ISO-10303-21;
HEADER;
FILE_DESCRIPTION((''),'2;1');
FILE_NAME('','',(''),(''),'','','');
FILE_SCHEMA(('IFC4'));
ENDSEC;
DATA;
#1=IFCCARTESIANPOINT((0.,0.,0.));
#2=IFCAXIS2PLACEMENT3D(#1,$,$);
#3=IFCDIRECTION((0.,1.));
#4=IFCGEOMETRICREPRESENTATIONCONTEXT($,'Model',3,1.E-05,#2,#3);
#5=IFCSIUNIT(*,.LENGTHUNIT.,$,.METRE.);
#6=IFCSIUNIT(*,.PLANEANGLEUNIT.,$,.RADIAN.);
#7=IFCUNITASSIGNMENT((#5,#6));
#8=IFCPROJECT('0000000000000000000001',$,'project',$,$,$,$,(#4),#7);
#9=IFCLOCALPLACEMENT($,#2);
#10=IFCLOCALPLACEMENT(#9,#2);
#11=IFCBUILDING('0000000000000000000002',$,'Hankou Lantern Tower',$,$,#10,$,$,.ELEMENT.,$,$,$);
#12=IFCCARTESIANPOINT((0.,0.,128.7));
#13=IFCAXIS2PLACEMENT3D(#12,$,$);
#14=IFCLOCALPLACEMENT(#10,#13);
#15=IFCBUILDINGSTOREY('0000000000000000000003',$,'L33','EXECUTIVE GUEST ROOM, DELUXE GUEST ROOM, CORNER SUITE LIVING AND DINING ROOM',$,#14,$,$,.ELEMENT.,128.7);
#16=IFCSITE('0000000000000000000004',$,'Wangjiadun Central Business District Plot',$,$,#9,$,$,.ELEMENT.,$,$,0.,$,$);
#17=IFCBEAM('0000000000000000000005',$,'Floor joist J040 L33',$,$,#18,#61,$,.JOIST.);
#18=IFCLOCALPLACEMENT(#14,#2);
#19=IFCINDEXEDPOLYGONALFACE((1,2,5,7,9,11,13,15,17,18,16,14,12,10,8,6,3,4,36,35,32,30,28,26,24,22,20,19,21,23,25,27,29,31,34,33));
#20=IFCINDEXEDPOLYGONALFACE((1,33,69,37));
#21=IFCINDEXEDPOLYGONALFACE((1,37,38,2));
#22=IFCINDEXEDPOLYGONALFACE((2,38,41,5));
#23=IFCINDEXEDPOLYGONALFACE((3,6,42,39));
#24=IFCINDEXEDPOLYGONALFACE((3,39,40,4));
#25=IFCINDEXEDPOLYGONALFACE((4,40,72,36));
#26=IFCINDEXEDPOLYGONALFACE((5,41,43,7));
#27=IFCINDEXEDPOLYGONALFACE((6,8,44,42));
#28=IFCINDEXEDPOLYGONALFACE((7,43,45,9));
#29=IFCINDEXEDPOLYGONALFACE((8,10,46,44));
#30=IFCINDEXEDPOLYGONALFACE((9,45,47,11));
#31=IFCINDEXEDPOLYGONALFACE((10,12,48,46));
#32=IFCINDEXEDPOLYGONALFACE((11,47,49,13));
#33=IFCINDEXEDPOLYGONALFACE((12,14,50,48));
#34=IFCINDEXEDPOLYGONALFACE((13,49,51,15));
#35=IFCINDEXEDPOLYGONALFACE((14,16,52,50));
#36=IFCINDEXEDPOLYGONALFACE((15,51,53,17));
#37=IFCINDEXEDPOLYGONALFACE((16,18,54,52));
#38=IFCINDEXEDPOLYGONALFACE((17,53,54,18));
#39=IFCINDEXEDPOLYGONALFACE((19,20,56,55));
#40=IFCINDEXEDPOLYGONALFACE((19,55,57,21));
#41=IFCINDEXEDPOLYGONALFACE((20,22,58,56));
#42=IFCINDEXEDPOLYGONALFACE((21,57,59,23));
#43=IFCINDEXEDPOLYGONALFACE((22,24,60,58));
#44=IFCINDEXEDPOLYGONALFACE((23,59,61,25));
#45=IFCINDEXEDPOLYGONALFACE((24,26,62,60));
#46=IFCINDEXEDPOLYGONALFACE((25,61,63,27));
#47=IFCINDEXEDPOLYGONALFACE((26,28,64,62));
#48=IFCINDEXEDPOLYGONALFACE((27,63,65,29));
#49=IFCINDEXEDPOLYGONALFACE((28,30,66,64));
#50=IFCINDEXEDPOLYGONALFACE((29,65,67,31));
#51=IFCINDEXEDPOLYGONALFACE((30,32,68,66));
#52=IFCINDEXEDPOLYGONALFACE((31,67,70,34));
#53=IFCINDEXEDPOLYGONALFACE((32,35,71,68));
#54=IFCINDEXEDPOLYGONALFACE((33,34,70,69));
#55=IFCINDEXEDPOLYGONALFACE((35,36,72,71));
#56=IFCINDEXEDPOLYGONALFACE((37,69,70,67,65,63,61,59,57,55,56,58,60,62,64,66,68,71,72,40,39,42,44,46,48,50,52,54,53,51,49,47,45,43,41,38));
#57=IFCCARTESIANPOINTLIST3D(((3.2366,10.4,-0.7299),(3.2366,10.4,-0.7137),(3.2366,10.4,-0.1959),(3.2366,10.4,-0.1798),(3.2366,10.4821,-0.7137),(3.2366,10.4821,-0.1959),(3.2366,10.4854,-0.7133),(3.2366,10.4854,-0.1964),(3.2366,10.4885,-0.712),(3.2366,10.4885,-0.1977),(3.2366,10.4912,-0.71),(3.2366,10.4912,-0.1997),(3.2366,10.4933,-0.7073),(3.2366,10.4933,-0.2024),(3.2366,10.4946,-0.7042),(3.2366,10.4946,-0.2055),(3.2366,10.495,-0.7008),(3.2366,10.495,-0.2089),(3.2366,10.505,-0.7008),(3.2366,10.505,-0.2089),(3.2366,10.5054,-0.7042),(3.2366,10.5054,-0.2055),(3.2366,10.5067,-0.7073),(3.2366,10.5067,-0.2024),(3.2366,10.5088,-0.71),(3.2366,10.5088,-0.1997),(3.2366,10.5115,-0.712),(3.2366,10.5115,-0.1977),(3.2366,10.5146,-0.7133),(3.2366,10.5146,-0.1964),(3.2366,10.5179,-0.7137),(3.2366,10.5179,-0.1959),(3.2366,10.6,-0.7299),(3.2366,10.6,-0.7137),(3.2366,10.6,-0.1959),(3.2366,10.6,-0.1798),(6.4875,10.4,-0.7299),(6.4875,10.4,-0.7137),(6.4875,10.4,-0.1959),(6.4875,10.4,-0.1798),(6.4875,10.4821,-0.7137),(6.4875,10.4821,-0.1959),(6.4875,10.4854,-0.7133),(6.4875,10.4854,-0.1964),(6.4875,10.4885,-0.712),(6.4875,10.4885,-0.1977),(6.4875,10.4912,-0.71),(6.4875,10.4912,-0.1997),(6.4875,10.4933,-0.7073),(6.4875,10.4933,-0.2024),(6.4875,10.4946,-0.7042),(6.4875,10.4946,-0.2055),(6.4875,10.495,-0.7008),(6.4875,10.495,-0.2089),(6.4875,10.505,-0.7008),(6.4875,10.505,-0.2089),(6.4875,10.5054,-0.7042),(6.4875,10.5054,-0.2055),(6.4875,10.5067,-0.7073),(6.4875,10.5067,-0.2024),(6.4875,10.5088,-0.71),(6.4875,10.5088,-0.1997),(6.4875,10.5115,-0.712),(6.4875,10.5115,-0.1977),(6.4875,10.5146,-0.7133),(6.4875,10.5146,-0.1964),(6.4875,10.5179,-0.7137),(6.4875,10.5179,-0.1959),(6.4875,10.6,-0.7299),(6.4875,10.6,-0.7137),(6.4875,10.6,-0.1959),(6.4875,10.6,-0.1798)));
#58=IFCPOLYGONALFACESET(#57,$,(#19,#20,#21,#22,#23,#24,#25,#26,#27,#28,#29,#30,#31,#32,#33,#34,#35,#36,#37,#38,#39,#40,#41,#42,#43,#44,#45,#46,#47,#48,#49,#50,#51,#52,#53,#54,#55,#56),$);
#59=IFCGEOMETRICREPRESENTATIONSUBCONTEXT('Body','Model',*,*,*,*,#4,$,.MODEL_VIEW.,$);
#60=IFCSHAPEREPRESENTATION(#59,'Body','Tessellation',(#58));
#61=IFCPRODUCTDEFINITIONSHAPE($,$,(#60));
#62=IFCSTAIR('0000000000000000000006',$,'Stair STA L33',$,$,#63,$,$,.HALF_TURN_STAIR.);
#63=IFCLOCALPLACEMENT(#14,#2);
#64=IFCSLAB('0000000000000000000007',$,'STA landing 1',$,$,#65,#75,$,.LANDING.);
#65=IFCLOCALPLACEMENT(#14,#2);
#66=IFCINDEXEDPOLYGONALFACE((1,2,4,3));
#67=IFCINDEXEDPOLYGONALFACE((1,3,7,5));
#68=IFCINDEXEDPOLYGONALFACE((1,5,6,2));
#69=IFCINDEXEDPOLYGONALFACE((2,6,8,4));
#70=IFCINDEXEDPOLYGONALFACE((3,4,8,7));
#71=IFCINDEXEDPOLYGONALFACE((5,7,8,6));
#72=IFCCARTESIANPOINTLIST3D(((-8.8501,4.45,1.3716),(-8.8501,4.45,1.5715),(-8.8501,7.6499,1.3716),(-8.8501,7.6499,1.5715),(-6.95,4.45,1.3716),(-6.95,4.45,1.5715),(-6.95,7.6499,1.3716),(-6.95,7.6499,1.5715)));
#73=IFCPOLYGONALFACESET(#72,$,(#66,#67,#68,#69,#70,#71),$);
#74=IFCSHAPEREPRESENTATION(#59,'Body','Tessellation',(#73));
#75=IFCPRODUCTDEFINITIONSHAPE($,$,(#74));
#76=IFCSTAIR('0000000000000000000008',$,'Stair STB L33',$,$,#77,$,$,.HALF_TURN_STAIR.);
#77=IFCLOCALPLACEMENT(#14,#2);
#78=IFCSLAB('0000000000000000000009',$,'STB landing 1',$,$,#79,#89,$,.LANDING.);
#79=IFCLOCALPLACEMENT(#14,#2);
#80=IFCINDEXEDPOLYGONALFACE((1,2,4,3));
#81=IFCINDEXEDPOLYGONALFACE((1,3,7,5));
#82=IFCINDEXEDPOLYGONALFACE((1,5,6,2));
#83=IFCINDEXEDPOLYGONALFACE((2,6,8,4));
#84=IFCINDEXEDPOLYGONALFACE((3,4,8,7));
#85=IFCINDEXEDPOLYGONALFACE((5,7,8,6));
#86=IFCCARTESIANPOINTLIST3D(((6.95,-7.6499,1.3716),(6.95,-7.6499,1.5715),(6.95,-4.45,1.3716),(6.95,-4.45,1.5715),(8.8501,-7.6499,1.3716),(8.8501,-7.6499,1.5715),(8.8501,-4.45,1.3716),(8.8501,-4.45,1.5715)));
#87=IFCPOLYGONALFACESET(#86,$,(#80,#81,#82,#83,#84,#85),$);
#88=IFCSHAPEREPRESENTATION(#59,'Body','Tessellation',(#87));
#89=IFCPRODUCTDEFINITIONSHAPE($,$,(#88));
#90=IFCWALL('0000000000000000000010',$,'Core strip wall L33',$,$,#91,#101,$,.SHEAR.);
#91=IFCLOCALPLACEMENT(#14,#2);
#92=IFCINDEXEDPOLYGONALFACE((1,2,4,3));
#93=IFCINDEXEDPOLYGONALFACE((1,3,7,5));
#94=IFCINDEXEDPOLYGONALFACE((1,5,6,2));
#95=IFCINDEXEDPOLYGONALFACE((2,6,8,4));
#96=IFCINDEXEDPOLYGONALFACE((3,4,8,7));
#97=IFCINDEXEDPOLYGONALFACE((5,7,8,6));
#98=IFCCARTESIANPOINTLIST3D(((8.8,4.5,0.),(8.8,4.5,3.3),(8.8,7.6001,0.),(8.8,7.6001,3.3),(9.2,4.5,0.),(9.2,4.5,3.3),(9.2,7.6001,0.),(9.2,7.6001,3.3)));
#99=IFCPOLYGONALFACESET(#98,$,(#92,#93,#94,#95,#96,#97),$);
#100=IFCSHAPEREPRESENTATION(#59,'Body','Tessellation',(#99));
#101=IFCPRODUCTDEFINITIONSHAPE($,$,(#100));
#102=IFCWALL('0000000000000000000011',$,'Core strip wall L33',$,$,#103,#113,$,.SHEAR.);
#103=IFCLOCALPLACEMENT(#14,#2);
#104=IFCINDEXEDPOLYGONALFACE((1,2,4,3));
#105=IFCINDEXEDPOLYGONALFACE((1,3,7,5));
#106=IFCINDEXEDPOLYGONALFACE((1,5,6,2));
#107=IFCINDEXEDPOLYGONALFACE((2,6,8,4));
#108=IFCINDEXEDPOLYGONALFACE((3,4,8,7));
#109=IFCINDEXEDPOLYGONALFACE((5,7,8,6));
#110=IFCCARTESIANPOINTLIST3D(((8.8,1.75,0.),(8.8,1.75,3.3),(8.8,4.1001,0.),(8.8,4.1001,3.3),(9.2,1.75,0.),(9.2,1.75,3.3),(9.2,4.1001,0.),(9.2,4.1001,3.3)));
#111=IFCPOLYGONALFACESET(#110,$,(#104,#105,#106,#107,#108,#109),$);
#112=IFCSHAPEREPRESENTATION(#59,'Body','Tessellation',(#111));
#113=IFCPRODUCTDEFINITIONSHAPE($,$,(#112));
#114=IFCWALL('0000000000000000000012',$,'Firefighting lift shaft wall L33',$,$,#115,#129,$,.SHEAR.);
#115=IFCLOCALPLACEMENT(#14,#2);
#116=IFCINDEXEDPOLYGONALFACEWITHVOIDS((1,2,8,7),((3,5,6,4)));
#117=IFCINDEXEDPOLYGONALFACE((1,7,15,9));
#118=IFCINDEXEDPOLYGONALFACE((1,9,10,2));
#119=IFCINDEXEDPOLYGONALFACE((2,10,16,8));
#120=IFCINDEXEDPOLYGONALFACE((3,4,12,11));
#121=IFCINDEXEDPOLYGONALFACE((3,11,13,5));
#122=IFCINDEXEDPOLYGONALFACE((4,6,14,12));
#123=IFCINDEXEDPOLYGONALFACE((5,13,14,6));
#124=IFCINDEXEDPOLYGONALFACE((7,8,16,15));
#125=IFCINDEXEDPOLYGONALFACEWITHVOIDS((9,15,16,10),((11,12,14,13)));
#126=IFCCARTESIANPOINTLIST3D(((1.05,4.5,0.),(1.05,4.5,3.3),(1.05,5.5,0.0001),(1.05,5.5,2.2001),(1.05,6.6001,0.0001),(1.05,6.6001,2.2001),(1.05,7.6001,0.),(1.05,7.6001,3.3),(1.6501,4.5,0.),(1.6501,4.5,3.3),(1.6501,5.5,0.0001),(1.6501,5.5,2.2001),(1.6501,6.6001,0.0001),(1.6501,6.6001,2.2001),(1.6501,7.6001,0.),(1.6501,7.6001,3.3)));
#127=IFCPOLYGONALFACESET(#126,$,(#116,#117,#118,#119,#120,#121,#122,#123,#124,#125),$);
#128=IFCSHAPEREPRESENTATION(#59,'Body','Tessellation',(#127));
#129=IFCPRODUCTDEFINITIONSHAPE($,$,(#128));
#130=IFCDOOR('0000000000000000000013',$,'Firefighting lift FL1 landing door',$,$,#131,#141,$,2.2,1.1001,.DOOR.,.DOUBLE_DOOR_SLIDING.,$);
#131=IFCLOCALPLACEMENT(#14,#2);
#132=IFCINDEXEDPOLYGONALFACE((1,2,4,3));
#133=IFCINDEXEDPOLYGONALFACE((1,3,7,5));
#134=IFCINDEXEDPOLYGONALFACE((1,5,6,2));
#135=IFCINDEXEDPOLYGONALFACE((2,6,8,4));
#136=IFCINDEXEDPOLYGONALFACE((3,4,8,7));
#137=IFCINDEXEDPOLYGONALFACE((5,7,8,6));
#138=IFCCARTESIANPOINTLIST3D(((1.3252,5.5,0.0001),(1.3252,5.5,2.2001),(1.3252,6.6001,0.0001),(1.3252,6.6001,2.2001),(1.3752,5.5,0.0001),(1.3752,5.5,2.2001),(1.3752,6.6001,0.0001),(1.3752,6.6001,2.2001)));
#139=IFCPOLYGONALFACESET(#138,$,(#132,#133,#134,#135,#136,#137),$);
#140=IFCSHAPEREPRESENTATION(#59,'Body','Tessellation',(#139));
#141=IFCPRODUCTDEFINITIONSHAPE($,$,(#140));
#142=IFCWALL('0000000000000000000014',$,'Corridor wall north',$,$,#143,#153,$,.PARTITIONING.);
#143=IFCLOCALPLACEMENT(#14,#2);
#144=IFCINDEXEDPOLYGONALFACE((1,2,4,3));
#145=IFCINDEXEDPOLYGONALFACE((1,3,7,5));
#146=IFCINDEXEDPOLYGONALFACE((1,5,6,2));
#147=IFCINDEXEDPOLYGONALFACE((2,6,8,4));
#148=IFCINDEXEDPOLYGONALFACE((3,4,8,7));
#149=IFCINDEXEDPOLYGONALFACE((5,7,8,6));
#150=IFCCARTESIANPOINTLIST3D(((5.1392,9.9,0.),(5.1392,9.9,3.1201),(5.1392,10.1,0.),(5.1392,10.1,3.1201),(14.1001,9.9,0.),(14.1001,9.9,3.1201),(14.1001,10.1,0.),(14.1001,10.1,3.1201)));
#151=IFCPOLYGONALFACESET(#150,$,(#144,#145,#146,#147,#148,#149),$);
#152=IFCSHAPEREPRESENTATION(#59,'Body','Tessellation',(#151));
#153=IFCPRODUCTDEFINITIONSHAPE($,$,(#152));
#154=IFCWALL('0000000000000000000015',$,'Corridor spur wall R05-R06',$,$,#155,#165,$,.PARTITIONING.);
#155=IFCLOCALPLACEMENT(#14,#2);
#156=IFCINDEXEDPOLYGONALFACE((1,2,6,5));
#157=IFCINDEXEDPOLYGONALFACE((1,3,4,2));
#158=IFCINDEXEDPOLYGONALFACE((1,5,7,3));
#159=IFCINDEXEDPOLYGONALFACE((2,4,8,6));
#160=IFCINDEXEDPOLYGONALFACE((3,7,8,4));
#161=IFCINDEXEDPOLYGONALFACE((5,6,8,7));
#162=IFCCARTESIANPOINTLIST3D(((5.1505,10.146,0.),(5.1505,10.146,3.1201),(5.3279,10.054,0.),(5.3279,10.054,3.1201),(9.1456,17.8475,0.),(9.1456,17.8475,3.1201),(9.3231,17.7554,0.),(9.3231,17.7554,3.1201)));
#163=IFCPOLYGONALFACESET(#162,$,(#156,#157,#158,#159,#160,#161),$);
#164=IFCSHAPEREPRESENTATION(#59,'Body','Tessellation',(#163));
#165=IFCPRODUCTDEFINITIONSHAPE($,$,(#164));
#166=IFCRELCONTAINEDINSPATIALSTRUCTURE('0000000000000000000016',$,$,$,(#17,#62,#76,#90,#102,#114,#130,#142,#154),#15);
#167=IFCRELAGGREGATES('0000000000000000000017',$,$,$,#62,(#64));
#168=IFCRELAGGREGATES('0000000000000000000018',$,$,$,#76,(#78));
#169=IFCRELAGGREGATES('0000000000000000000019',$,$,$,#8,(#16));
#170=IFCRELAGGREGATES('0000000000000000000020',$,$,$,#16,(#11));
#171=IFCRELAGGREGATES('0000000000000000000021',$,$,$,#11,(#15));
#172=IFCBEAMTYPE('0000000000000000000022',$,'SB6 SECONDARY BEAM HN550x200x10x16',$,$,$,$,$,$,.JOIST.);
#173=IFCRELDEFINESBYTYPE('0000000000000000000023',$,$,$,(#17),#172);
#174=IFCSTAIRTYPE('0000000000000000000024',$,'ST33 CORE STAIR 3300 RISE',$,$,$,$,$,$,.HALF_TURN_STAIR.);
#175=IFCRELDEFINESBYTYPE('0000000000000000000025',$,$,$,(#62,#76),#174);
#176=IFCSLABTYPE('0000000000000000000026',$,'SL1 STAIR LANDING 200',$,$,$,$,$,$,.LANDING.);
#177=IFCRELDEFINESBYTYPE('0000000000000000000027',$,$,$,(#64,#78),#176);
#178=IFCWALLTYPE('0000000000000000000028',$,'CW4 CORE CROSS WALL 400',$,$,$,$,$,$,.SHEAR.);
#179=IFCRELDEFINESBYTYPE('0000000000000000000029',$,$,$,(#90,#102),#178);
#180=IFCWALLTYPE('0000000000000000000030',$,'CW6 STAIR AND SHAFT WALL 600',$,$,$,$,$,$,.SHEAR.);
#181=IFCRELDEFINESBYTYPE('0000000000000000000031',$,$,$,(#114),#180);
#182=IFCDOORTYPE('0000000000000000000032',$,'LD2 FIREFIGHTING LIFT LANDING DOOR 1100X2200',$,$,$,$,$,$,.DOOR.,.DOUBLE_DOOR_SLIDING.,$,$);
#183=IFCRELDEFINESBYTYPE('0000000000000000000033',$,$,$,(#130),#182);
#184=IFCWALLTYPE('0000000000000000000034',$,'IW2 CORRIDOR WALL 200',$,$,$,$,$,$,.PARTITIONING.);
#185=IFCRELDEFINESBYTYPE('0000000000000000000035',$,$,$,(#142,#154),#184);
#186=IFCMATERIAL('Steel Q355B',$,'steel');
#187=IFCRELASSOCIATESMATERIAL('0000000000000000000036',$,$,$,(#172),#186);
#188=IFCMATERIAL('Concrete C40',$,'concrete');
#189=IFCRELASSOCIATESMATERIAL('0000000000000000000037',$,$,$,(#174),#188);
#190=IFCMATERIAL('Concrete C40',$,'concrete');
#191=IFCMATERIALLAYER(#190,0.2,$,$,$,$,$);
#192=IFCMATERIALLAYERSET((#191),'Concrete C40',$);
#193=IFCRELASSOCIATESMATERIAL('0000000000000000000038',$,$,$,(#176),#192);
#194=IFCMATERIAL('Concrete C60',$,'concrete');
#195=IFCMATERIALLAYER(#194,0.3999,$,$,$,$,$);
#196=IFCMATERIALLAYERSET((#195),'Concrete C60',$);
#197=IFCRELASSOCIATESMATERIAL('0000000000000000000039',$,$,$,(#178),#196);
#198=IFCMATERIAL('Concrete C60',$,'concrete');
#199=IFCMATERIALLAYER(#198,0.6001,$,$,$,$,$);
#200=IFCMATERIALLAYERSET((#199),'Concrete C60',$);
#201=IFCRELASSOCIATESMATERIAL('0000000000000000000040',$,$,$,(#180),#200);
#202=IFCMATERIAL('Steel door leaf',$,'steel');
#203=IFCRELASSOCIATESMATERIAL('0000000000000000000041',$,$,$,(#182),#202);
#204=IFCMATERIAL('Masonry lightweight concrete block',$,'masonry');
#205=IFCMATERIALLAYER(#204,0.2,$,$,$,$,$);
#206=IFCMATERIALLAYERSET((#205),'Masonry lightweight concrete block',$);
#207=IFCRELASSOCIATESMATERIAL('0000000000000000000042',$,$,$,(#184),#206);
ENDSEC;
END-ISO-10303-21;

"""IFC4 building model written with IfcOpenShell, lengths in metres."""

from ifc_helpers import new_model, si_unit, direction, frame, frame_2d, origin, origin_2d, place, context, subcontext, project, spatial, polyline, rectangle, i_section, outline, extrude, material, layer, layer_set, material_profile, profile_set, type_object, element, fill, aggregate, save


model = new_model("IFC4")

# Units and contexts
model_context = context("Model", 3, precision=1e-05, world=origin(), true_north=direction((0.0, 1.0)))
body_context = subcontext(model_context, "Body", "Model", "MODEL_VIEW")
ifc_project = project(units=[si_unit("LENGTHUNIT", "METRE"), si_unit("PLANEANGLEUNIT", "RADIAN")], contexts=[model_context])

# Site, building, storey
site_placement = place(None, origin())
site = spatial("IfcSite", under=ifc_project, at=site_placement, Name="Wangjiadun Central Business District Plot", CompositionType="ELEMENT", RefElevation=0.0)
building_placement = place(site_placement, origin())
building = spatial("IfcBuilding", under=site, at=building_placement, Name="Hankou Lantern Tower", CompositionType="ELEMENT")
storey_placement = place(building_placement, frame((0.0, 0.0, 128.7)))
storey = spatial("IfcBuildingStorey", under=building, at=storey_placement, Name="L33", Description="EXECUTIVE GUEST ROOM, DELUXE GUEST ROOM, CORNER SUITE LIVING AND DINING ROOM", CompositionType="ELEMENT", Elevation=128.7)

# Beam
ifc_material_1 = material(Name="Steel Q355B", Category="steel")
ifc_material_profile_1 = material_profile(ifc_material_1, i_section(OverallWidth=0.2, OverallDepth=0.55, WebThickness=0.01, FlangeThickness=0.0161, FilletRadius=0.0129, at=origin_2d()), Name="HN550x200x10x16")
ifc_profile_set_1 = profile_set([ifc_material_profile_1], Name="Steel Q355B")
beam_type_1 = type_object("IfcBeamType", Name="SB6 SECONDARY BEAM HN550x200x10x16", PredefinedType="JOIST", material=ifc_profile_set_1)
beam_1_placement = place(storey_placement, frame((3.2366, 10.5, -0.4548), z_axis=(1.0, 0.0, 0.0), x_axis=(0.0, 1.0, 0.0)))
element("IfcBeam", 1, at=beam_1_placement, inside=storey, type_object=beam_type_1, Name="Floor joist J040 L33", PredefinedType="JOIST", context=body_context, shape_type="SweptSolid", body=[
    extrude(i_section(OverallWidth=0.2, OverallDepth=0.55, WebThickness=0.01, FlangeThickness=0.0161, FilletRadius=0.0129, at=origin_2d()), origin(), (0.0, 0.0, 1.0), 3.251),
])

# Stairs, slabs
ifc_material_2 = material(Name="Concrete C40", Category="concrete")
stair_type = type_object("IfcStairType", Name="ST33 CORE STAIR 3300 RISE", PredefinedType="HALF_TURN_STAIR", material=ifc_material_2)
stair_1_placement = place(storey_placement, origin())
stair_1 = element("IfcStair", 2, at=stair_1_placement, inside=storey, type_object=stair_type, Name="Stair STA L33", PredefinedType="HALF_TURN_STAIR")
ifc_material_3 = material(Name="Concrete C40", Category="concrete")
ifc_layer_1 = layer(ifc_material_3, 0.2)
ifc_layer_set_1 = layer_set([ifc_layer_1], Name="Concrete C40")
slab_type = type_object("IfcSlabType", Name="SL1 STAIR LANDING 200", PredefinedType="LANDING", material=ifc_layer_set_1)
slab_1_placement = place(storey_placement, frame((0.0, 0.0, 1.3716)))
slab_1 = element("IfcSlab", 3, at=slab_1_placement, type_object=slab_type, Name="STA landing 1", PredefinedType="LANDING", context=body_context, shape_type="SweptSolid", body=[
    extrude(outline(polyline([(-8.8501, 4.45), (-6.95, 4.45), (-6.95, 7.6499), (-8.8501, 7.6499), (-8.8501, 4.45)])), origin(), (0.0, 0.0, 1.0), 0.2),
])
aggregate(stair_1, [slab_1])
stair_2_placement = place(storey_placement, origin())
stair_2 = element("IfcStair", 4, at=stair_2_placement, inside=storey, type_object=stair_type, Name="Stair STB L33", PredefinedType="HALF_TURN_STAIR")
slab_2_placement = place(storey_placement, frame((0.0, 0.0, 1.3716)))
slab_2 = element("IfcSlab", 5, at=slab_2_placement, type_object=slab_type, Name="STB landing 1", PredefinedType="LANDING", context=body_context, shape_type="SweptSolid", body=[
    extrude(outline(polyline([(8.8501, -4.45), (6.95, -4.45), (6.95, -7.6499), (8.8501, -7.6499), (8.8501, -4.45)])), origin(), (0.0, 0.0, 1.0), 0.2),
])
aggregate(stair_2, [slab_2])

# Walls
ifc_material_4 = material(Name="Concrete C60", Category="concrete")
ifc_layer_2 = layer(ifc_material_4, 0.3999)
ifc_layer_set_2 = layer_set([ifc_layer_2], Name="Concrete C60")
wall_type_1 = type_object("IfcWallType", Name="CW4 CORE CROSS WALL 400", PredefinedType="SHEAR", material=ifc_layer_set_2)
wall_1_placement = place(storey_placement, frame((9.0, 4.5, 0.0), z_axis=(0.0, 0.0, 1.0), x_axis=(0.0, 1.0, 0.0)))
element("IfcWall", 6, at=wall_1_placement, inside=storey, type_object=wall_type_1, Name="Core strip wall L33", PredefinedType="SHEAR", context=body_context, shape_type="SweptSolid", body=[
    extrude(rectangle(XDim=3.1001, YDim=0.3999, at=frame_2d((1.55, 0.0))), origin(), (0.0, 0.0, 1.0), 3.3),
])
wall_2_placement = place(storey_placement, frame((9.0, 1.75, 0.0), z_axis=(0.0, 0.0, 1.0), x_axis=(0.0, 1.0, 0.0)))
element("IfcWall", 7, at=wall_2_placement, inside=storey, type_object=wall_type_1, Name="Core strip wall L33", PredefinedType="SHEAR", context=body_context, shape_type="SweptSolid", body=[
    extrude(rectangle(XDim=2.3501, YDim=0.3999, at=frame_2d((1.175, 0.0))), origin(), (0.0, 0.0, 1.0), 3.3),
])

# Wall, opening, door
ifc_material_5 = material(Name="Concrete C60", Category="concrete")
ifc_layer_3 = layer(ifc_material_5, 0.6001)
ifc_layer_set_3 = layer_set([ifc_layer_3], Name="Concrete C60")
wall_type_2 = type_object("IfcWallType", Name="CW6 STAIR AND SHAFT WALL 600", PredefinedType="SHEAR", material=ifc_layer_set_3)
wall_3_placement = place(storey_placement, frame((1.3501, 4.5, 0.0), z_axis=(0.0, 0.0, 1.0), x_axis=(0.0, 1.0, 0.0)))
wall_3 = element("IfcWall", 8, at=wall_3_placement, inside=storey, type_object=wall_type_2, Name="Firefighting lift shaft wall L33", PredefinedType="SHEAR", context=body_context, shape_type="SweptSolid", body=[
    extrude(rectangle(XDim=3.1001, YDim=0.6001, at=frame_2d((1.55, 0.0))), origin(), (0.0, 0.0, 1.0), 3.3),
])
opening_1_placement = place(wall_3_placement, frame((1.0, 0.0, 0.0)))
opening_1 = element("IfcOpeningElement", 9, at=opening_1_placement, cuts=wall_3, PredefinedType="OPENING", context=body_context, shape_type="SweptSolid", body=[
    extrude(rectangle(XDim=1.1001, YDim=2.2, at=frame_2d((0.55, 1.1001))), frame((0.0, 0.3101, 0.0), z_axis=(0.0, -1.0, 0.0), x_axis=(1.0, 0.0, 0.0)), (0.0, 0.0, 1.0), 0.6201),
])
ifc_material_6 = material(Name="Steel door leaf", Category="steel")
door_type_1 = type_object("IfcDoorType", Name="LD2 FIREFIGHTING LIFT LANDING DOOR 1100X2200", OperationType="DOUBLE_DOOR_SLIDING", PredefinedType="DOOR", material=ifc_material_6)
door_1_placement = place(opening_1_placement, origin())
door_1 = element("IfcDoor", 10, at=door_1_placement, inside=storey, type_object=door_type_1, Name="Firefighting lift FL1 landing door", OperationType="DOUBLE_DOOR_SLIDING", OverallHeight=2.2, OverallWidth=1.1001, PredefinedType="DOOR", context=body_context, shape_type="SweptSolid", body=[
    extrude(rectangle(XDim=1.1001, YDim=2.2, at=frame_2d((0.55, 1.1001))), frame((0.0, 0.0249, 0.0), z_axis=(0.0, -1.0, 0.0), x_axis=(1.0, 0.0, 0.0)), (0.0, 0.0, 1.0), 0.05),
])
fill(opening_1, door_1)

# Walls
ifc_material_7 = material(Name="Masonry lightweight concrete block", Category="masonry")
ifc_layer_4 = layer(ifc_material_7, 0.2)
ifc_layer_set_4 = layer_set([ifc_layer_4], Name="Masonry lightweight concrete block")
wall_type_3 = type_object("IfcWallType", Name="IW2 CORRIDOR WALL 200", PredefinedType="PARTITIONING", material=ifc_layer_set_4)
wall_4_placement = place(storey_placement, frame((5.1392, 10.0, 0.0), z_axis=(0.0, 0.0, 1.0), x_axis=(1.0, 0.0, 0.0)))
element("IfcWall", 11, at=wall_4_placement, inside=storey, type_object=wall_type_3, Name="Corridor wall north", PredefinedType="PARTITIONING", context=body_context, shape_type="SweptSolid", body=[
    extrude(rectangle(XDim=8.9609, YDim=0.2, at=frame_2d((4.4805, 0.0))), origin(), (0.0, 0.0, 1.0), 3.1201),
])
wall_5_placement = place(storey_placement, frame((5.2393, 10.1001, 0.0), z_axis=(0.0, 0.0, 1.0), x_axis=(0.46048, 0.88767, 0.0)))
element("IfcWall", 12, at=wall_5_placement, inside=storey, type_object=wall_type_3, Name="Corridor spur wall R05-R06", PredefinedType="PARTITIONING", context=body_context, shape_type="SweptSolid", body=[
    extrude(rectangle(XDim=8.676, YDim=0.2, at=frame_2d((4.3379, 0.0))), origin(), (0.0, 0.0, 1.0), 3.1201),
])

save(model, "model.ifc")
